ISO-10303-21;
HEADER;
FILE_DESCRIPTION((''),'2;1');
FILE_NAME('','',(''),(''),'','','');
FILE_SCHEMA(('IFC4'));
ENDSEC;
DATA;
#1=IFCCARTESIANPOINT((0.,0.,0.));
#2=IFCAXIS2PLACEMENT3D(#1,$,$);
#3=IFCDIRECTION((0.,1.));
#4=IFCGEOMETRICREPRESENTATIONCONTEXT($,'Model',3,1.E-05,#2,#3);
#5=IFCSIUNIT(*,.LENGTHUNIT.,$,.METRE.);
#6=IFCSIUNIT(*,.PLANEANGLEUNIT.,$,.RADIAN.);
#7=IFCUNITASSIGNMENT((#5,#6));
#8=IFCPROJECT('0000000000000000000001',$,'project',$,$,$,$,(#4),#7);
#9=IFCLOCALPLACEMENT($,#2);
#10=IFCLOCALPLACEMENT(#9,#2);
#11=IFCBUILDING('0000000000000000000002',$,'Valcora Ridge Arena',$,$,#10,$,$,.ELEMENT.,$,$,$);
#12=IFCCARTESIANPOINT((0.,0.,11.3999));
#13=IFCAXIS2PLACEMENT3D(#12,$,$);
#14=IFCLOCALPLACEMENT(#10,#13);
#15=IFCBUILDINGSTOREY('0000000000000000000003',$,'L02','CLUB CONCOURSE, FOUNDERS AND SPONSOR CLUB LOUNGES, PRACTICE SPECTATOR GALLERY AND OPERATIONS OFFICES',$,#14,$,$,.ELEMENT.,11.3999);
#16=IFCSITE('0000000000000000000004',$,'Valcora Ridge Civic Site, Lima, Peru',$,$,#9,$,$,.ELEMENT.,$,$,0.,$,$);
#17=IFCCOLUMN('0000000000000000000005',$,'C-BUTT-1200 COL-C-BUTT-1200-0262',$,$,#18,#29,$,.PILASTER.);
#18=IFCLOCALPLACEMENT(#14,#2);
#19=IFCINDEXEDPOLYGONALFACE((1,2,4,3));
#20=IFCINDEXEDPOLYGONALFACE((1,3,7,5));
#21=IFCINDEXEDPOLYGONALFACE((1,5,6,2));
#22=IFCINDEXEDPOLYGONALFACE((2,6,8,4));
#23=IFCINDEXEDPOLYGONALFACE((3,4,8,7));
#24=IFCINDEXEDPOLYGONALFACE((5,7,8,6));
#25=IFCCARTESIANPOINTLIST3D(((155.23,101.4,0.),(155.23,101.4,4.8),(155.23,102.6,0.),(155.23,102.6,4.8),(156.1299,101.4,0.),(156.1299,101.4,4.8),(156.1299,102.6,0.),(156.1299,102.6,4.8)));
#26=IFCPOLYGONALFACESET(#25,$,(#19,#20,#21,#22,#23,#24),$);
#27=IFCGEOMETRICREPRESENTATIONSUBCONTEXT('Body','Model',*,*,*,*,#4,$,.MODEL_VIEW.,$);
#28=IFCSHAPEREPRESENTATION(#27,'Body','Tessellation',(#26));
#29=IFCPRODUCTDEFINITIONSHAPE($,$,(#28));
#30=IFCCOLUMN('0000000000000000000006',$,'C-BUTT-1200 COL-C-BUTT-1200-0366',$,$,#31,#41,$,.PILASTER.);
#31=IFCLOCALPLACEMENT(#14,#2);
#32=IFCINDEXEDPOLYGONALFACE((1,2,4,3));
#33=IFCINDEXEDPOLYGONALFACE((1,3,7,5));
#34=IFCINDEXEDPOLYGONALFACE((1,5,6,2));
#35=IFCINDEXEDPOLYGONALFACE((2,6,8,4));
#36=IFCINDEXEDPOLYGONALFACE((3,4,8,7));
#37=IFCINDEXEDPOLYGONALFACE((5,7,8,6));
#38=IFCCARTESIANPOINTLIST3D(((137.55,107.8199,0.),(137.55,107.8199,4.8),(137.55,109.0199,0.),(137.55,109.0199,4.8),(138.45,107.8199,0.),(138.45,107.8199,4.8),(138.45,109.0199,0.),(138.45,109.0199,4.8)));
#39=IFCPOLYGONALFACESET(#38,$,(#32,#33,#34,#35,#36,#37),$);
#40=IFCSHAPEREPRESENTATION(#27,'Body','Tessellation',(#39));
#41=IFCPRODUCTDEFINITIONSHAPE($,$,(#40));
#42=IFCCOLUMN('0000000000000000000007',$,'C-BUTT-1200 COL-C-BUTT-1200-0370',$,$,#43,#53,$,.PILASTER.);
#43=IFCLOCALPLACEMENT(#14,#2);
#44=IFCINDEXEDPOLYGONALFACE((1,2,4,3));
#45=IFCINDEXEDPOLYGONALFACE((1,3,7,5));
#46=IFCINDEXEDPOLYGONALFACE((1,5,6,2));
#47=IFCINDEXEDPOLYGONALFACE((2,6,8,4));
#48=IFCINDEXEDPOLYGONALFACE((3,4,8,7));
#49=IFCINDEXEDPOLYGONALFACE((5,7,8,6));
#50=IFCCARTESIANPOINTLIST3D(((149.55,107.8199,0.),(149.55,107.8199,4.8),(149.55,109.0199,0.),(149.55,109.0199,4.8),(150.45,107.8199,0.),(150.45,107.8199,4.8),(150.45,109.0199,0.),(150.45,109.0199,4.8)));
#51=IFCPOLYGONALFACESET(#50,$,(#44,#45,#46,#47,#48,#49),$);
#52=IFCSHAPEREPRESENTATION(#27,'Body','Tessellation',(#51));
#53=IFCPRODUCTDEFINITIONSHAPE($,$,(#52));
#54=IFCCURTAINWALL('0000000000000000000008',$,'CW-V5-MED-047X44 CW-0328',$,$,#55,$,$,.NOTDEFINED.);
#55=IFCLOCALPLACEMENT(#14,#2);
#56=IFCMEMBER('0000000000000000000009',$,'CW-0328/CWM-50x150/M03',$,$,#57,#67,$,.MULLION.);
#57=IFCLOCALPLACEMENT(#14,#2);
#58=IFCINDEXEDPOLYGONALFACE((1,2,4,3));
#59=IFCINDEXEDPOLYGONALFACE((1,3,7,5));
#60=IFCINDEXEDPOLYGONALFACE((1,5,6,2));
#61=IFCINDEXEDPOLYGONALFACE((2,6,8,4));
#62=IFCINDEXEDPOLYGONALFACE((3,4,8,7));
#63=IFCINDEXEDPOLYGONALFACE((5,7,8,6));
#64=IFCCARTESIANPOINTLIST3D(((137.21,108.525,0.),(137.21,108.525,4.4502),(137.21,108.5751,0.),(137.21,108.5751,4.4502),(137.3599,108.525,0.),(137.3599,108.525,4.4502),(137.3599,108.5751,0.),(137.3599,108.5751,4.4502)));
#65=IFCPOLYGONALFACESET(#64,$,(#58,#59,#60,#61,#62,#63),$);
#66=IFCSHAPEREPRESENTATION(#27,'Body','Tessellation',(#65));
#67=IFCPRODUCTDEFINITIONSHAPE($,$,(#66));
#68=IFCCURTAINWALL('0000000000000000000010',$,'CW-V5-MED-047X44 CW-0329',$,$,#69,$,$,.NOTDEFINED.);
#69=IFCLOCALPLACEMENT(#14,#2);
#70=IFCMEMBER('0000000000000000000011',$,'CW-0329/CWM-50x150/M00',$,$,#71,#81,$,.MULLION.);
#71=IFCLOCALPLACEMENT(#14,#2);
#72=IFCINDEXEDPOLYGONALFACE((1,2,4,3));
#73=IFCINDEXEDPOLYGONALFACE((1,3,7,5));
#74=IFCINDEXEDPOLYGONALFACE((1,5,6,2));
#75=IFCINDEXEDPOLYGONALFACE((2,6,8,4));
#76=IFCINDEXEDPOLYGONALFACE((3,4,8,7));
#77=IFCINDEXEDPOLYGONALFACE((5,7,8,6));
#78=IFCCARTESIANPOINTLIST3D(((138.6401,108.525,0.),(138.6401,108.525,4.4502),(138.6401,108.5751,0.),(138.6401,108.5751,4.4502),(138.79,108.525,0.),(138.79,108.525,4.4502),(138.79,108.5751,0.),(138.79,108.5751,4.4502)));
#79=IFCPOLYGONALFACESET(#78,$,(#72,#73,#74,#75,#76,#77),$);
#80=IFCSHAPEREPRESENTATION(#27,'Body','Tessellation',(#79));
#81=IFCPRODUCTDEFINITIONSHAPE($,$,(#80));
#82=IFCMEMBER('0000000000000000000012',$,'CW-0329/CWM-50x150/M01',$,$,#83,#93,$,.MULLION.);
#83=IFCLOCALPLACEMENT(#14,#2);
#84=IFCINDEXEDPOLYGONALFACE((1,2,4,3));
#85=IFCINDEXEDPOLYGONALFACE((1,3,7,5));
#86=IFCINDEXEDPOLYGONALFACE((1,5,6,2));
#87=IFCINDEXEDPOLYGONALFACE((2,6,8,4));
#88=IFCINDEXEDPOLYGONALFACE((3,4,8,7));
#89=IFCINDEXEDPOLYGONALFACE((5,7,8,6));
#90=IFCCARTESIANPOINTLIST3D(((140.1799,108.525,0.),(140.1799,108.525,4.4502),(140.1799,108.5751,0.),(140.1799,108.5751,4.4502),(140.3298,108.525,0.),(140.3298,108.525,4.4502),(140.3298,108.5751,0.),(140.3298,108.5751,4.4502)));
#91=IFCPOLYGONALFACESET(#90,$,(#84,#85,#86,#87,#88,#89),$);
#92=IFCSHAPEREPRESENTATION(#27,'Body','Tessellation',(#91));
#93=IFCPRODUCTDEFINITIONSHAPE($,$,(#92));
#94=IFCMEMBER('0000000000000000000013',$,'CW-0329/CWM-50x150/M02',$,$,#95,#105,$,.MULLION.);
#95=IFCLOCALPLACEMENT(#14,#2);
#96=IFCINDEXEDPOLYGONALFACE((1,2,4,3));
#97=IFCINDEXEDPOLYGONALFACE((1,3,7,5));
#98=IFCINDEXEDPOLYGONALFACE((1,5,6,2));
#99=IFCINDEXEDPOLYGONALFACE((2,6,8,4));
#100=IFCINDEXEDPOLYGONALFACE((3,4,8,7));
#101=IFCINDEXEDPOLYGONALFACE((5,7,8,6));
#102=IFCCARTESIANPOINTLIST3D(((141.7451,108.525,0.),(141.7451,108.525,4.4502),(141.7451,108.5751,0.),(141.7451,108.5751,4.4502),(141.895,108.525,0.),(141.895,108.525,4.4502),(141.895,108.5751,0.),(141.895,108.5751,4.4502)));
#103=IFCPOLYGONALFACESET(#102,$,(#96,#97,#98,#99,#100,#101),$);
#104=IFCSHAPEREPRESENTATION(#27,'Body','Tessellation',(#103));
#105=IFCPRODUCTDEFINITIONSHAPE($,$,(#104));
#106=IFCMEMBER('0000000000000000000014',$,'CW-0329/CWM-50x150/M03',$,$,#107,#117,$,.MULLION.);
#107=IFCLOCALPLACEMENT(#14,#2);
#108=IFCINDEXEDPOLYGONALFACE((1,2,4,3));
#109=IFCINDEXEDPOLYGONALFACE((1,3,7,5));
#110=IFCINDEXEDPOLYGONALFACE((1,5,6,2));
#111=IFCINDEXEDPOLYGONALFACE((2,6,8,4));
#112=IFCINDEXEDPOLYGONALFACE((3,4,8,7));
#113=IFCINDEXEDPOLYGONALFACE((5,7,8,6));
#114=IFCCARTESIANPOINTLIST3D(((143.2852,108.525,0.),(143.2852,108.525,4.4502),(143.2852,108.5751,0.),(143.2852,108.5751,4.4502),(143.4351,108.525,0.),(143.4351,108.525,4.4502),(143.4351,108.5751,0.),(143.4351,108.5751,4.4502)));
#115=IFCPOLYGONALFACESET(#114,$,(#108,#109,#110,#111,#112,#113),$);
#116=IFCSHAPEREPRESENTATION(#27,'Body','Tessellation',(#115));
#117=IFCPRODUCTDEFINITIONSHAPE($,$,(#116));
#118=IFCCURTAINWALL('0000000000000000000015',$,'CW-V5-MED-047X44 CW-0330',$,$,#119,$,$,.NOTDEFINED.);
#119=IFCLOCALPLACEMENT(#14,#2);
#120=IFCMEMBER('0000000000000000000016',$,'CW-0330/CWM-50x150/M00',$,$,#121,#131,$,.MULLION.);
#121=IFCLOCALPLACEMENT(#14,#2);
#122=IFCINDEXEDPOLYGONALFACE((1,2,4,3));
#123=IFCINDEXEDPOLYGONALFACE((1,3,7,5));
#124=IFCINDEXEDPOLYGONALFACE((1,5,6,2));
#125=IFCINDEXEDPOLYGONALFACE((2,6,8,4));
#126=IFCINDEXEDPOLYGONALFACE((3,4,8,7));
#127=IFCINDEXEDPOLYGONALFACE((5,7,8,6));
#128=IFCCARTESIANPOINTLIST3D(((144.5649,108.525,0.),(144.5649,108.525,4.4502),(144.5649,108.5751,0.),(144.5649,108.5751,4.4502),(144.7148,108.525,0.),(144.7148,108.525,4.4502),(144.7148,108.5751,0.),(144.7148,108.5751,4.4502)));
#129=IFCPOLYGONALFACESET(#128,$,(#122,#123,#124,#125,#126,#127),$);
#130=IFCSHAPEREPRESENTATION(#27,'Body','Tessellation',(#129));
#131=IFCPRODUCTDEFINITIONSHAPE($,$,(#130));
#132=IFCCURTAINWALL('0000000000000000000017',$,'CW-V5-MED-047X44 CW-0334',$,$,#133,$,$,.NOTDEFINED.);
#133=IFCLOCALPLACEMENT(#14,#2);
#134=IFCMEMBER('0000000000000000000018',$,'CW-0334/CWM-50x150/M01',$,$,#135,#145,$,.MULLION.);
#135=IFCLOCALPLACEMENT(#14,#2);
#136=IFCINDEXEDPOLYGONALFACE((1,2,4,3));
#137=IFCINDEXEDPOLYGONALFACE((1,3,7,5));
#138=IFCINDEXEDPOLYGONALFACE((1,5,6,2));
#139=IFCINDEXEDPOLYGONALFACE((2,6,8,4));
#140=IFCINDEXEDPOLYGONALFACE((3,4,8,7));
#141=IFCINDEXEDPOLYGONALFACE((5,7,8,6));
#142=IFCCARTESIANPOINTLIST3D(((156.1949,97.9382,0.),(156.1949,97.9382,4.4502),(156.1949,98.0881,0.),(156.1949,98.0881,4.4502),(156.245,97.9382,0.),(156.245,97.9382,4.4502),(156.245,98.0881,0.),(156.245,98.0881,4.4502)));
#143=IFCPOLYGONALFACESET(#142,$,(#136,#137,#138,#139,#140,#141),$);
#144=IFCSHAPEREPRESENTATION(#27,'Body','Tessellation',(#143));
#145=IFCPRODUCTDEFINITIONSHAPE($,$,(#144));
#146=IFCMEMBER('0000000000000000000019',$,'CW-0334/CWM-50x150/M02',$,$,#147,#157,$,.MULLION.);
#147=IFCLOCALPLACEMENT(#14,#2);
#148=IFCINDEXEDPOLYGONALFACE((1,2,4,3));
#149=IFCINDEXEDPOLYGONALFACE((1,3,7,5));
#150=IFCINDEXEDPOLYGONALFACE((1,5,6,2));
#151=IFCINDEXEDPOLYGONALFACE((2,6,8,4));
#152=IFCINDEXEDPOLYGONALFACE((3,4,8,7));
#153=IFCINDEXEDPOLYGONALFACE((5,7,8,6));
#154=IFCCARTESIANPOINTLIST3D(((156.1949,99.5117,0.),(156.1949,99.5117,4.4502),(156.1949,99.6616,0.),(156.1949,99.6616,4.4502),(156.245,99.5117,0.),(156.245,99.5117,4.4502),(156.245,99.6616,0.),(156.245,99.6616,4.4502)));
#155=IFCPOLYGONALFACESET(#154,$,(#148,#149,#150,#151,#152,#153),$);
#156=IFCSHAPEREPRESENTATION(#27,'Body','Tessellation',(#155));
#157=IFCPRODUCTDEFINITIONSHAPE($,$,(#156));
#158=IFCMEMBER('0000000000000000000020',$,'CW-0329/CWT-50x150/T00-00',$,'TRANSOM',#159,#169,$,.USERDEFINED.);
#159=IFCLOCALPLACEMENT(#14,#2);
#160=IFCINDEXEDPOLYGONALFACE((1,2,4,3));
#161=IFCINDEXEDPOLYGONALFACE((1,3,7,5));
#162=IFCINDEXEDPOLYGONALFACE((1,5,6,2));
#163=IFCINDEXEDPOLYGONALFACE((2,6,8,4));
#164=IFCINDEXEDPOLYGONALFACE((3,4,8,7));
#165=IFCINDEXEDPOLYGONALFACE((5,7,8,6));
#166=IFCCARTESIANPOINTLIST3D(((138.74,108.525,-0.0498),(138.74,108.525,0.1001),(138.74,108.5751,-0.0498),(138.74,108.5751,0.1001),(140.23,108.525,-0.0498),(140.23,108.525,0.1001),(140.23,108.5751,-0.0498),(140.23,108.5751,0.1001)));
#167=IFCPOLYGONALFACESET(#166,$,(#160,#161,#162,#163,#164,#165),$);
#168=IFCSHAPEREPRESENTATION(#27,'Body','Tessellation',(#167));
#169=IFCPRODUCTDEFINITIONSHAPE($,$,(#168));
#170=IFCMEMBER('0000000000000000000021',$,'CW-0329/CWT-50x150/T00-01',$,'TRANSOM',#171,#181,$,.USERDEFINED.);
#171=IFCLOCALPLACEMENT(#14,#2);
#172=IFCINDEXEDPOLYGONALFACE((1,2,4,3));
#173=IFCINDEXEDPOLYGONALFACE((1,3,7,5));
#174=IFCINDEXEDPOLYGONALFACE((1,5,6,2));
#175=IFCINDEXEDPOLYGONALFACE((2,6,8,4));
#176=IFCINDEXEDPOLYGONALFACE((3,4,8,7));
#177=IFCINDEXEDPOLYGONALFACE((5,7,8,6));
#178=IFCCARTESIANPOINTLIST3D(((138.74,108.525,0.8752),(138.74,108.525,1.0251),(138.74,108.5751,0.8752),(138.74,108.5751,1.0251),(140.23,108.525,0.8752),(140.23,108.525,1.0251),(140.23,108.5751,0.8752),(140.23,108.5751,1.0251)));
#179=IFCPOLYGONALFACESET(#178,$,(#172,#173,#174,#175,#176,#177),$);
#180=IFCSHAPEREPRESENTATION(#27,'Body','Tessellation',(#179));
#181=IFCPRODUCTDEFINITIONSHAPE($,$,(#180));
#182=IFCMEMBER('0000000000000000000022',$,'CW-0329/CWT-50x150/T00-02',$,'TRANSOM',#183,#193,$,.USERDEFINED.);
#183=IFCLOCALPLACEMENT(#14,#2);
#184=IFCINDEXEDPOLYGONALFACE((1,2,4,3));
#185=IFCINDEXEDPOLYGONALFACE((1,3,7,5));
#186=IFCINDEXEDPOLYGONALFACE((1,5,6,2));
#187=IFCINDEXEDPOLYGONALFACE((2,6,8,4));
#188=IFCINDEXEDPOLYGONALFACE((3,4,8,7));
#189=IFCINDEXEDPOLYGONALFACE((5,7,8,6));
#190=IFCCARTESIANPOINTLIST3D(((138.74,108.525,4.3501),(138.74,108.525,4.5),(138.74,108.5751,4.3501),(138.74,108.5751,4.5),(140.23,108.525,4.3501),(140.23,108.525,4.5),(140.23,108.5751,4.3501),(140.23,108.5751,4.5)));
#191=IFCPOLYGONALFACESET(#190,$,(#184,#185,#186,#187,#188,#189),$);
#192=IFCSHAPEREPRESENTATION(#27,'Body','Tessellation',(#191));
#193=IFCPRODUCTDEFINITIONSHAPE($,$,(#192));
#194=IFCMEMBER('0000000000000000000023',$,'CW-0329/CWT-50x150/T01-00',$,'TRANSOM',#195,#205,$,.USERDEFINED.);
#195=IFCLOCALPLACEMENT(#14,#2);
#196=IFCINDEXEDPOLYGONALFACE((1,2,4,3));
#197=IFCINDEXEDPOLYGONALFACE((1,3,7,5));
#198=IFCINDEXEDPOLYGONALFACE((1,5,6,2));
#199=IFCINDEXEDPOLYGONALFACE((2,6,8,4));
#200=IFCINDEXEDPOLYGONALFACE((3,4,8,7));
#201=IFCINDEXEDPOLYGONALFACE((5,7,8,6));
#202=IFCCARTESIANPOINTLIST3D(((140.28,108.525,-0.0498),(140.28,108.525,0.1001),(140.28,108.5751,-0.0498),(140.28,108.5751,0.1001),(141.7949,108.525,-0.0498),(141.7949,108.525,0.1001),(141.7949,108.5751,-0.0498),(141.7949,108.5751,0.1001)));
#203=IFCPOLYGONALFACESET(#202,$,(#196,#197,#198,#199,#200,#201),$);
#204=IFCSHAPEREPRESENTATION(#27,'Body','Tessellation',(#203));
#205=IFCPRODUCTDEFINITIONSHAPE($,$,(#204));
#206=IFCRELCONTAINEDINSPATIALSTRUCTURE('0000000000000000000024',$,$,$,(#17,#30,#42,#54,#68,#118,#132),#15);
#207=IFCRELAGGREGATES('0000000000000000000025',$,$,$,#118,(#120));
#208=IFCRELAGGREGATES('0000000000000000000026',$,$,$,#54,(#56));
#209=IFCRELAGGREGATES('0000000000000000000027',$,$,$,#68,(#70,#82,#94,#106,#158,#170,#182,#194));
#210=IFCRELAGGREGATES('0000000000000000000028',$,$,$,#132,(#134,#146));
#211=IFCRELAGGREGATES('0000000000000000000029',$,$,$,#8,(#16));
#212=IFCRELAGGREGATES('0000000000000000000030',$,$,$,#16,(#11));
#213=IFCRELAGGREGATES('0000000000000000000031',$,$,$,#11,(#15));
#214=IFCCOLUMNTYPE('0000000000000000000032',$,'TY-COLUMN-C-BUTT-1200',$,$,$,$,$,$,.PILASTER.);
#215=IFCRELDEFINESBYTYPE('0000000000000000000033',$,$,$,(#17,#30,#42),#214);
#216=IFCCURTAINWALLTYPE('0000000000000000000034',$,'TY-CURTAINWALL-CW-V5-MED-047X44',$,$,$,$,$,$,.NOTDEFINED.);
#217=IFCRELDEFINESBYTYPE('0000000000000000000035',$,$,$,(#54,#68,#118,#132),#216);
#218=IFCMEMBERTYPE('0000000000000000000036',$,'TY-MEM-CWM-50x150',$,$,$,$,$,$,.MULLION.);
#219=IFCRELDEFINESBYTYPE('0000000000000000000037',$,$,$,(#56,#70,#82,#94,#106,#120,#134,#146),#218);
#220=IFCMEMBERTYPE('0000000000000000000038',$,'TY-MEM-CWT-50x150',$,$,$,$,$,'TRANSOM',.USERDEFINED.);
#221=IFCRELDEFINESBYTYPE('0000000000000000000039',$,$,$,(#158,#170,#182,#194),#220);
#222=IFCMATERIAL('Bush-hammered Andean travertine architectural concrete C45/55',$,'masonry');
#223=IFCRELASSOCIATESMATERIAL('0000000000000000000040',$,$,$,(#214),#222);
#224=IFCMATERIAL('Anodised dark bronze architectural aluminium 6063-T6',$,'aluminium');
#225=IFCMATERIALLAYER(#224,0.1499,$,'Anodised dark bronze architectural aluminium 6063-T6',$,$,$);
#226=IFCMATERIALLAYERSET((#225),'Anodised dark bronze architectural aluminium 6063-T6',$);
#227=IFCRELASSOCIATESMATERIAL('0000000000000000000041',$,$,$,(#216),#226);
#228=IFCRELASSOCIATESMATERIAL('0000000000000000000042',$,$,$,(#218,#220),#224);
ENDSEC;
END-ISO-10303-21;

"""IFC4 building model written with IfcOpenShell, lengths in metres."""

from ifc_helpers import new_model, si_unit, direction, frame, origin, origin_2d, place, context, subcontext, project, spatial, rectangle, extrude, material, layer, layer_set, material_profile, profile_set, type_object, element, aggregate, save


model = new_model("IFC4")

# Units and contexts
model_context = context("Model", 3, precision=1e-05, world=origin(), true_north=direction((0.0, 1.0)))
body_context = subcontext(model_context, "Body", "Model", "MODEL_VIEW")
ifc_project = project(units=[si_unit("LENGTHUNIT", "METRE"), si_unit("PLANEANGLEUNIT", "RADIAN")], contexts=[model_context])

# Site, building, storey
site_placement = place(None, origin())
site = spatial("IfcSite", under=ifc_project, at=site_placement, Name="Valcora Ridge Civic Site, Lima, Peru", CompositionType="ELEMENT", RefElevation=0.0)
building_placement = place(site_placement, origin())
building = spatial("IfcBuilding", under=site, at=building_placement, Name="Valcora Ridge Arena", CompositionType="ELEMENT")
storey_placement = place(building_placement, frame((0.0, 0.0, 11.3999)))
storey = spatial("IfcBuildingStorey", under=building, at=storey_placement, Name="L02", Description="CLUB CONCOURSE, FOUNDERS AND SPONSOR CLUB LOUNGES, PRACTICE SPECTATOR GALLERY AND OPERATIONS OFFICES", CompositionType="ELEMENT", Elevation=11.3999)

# Columns
ifc_material_1 = material(Name="Bush-hammered Andean travertine architectural concrete C45/55", Category="masonry")
ifc_material_profile_1 = material_profile(ifc_material_1, rectangle(XDim=0.8999, YDim=1.2, at=origin_2d()), Name="RC 900x1200")
ifc_profile_set_1 = profile_set([ifc_material_profile_1], Name="Bush-hammered Andean travertine architectural concrete C45/55")
column_type = type_object("IfcColumnType", Name="TY-COLUMN-C-BUTT-1200", PredefinedType="PILASTER", material=ifc_profile_set_1)
for number, where, z_axis, x_axis, name in (
    (1, (155.6799, 102.0, 0.0), (0.0, 0.0, 1.0), (1.0, 0.0, 0.0), "C-BUTT-1200 COL-C-BUTT-1200-0262"),
    (2, (138.0, 108.4199, 0.0), (0.0, 0.0, 1.0), (1.0, 0.0, 0.0), "C-BUTT-1200 COL-C-BUTT-1200-0366"),
    (3, (150.0, 108.4199, 0.0), (0.0, 0.0, 1.0), (1.0, 0.0, 0.0), "C-BUTT-1200 COL-C-BUTT-1200-0370"),
):
    element("IfcColumn", number, at=place(storey_placement, frame(where, z_axis=z_axis, x_axis=x_axis)), inside=storey, type_object=column_type, Name=name, PredefinedType="PILASTER", context=body_context, shape_type="SweptSolid", body=[
        extrude(rectangle(XDim=0.8999, YDim=1.2, at=origin_2d()), origin(), (0.0, 0.0, 1.0), 4.8),
    ])

# Curtain wall, member
ifc_material_2 = material(Name="Anodised dark bronze architectural aluminium 6063-T6", Category="aluminium")
ifc_layer_1 = layer(ifc_material_2, 0.1499, Name="Anodised dark bronze architectural aluminium 6063-T6")
ifc_layer_set_1 = layer_set([ifc_layer_1], Name="Anodised dark bronze architectural aluminium 6063-T6")
curtain_wall_type = type_object("IfcCurtainWallType", Name="TY-CURTAINWALL-CW-V5-MED-047X44", PredefinedType="NOTDEFINED", material=ifc_layer_set_1)
curtain_wall_1_placement = place(storey_placement, origin())
curtain_wall_1 = element("IfcCurtainWall", 4, at=curtain_wall_1_placement, inside=storey, type_object=curtain_wall_type, Name="CW-V5-MED-047X44 CW-0328", PredefinedType="NOTDEFINED")
ifc_material_profile_2 = material_profile(ifc_material_2, rectangle(XDim=0.05, YDim=0.1499, at=origin_2d()), Name="ALU MULLION 50x150")
ifc_profile_set_2 = profile_set([ifc_material_profile_2], Name="Anodised dark bronze architectural aluminium 6063-T6")
member_type_1 = type_object("IfcMemberType", Name="TY-MEM-CWM-50x150", PredefinedType="MULLION", material=ifc_profile_set_2)
member_1_placement = place(storey_placement, frame((137.2849, 108.55, 0.0), z_axis=(0.0, 0.0, 1.0), x_axis=(0.0, 1.0, 0.0)))
member_1 = element("IfcMember", 5, at=member_1_placement, type_object=member_type_1, Name="CW-0328/CWM-50x150/M03", PredefinedType="MULLION", context=body_context, shape_type="SweptSolid", body=[
    extrude(rectangle(XDim=0.05, YDim=0.1499, at=origin_2d()), origin(), (0.0, 0.0, 1.0), 4.4502),
])

# Curtain wall, members
curtain_wall_2_placement = place(storey_placement, origin())
curtain_wall_2 = element("IfcCurtainWall", 6, at=curtain_wall_2_placement, inside=storey, type_object=curtain_wall_type, Name="CW-V5-MED-047X44 CW-0329", PredefinedType="NOTDEFINED")
member_2_placement = place(storey_placement, frame((138.7151, 108.55, 0.0), z_axis=(0.0, 0.0, 1.0), x_axis=(0.0, 1.0, 0.0)))
member_2 = element("IfcMember", 7, at=member_2_placement, type_object=member_type_1, Name="CW-0329/CWM-50x150/M00", PredefinedType="MULLION", context=body_context, shape_type="SweptSolid", body=[
    extrude(rectangle(XDim=0.05, YDim=0.1499, at=origin_2d()), origin(), (0.0, 0.0, 1.0), 4.4502),
])
member_3_placement = place(storey_placement, frame((140.2549, 108.55, 0.0), z_axis=(0.0, 0.0, 1.0), x_axis=(0.0, 1.0, 0.0)))
member_3 = element("IfcMember", 8, at=member_3_placement, type_object=member_type_1, Name="CW-0329/CWM-50x150/M01", PredefinedType="MULLION", context=body_context, shape_type="SweptSolid", body=[
    extrude(rectangle(XDim=0.05, YDim=0.1499, at=origin_2d()), origin(), (0.0, 0.0, 1.0), 4.4502),
])
member_4_placement = place(storey_placement, frame((141.8201, 108.55, 0.0), z_axis=(0.0, 0.0, 1.0), x_axis=(0.0, 1.0, 0.0)))
member_4 = element("IfcMember", 9, at=member_4_placement, type_object=member_type_1, Name="CW-0329/CWM-50x150/M02", PredefinedType="MULLION", context=body_context, shape_type="SweptSolid", body=[
    extrude(rectangle(XDim=0.05, YDim=0.1499, at=origin_2d()), origin(), (0.0, 0.0, 1.0), 4.4502),
])
member_5_placement = place(storey_placement, frame((143.3601, 108.55, 0.0), z_axis=(0.0, 0.0, 1.0), x_axis=(0.0, 1.0, 0.0)))
member_5 = element("IfcMember", 10, at=member_5_placement, type_object=member_type_1, Name="CW-0329/CWM-50x150/M03", PredefinedType="MULLION", context=body_context, shape_type="SweptSolid", body=[
    extrude(rectangle(XDim=0.05, YDim=0.1499, at=origin_2d()), origin(), (0.0, 0.0, 1.0), 4.4502),
])

# Curtain wall, member
curtain_wall_3_placement = place(storey_placement, origin())
curtain_wall_3 = element("IfcCurtainWall", 11, at=curtain_wall_3_placement, inside=storey, type_object=curtain_wall_type, Name="CW-V5-MED-047X44 CW-0330", PredefinedType="NOTDEFINED")
member_6_placement = place(storey_placement, frame((144.6399, 108.55, 0.0), z_axis=(0.0, 0.0, 1.0), x_axis=(0.0, 1.0, 0.0)))
member_6 = element("IfcMember", 12, at=member_6_placement, type_object=member_type_1, Name="CW-0330/CWM-50x150/M00", PredefinedType="MULLION", context=body_context, shape_type="SweptSolid", body=[
    extrude(rectangle(XDim=0.05, YDim=0.1499, at=origin_2d()), origin(), (0.0, 0.0, 1.0), 4.4502),
])

# Curtain wall, members
curtain_wall_4_placement = place(storey_placement, origin())
curtain_wall_4 = element("IfcCurtainWall", 13, at=curtain_wall_4_placement, inside=storey, type_object=curtain_wall_type, Name="CW-V5-MED-047X44 CW-0334", PredefinedType="NOTDEFINED")
member_7_placement = place(storey_placement, frame((156.22, 98.0132, 0.0), z_axis=(0.0, 0.0, 1.0), x_axis=(-1.0, 0.0, 0.0)))
member_7 = element("IfcMember", 14, at=member_7_placement, type_object=member_type_1, Name="CW-0334/CWM-50x150/M01", PredefinedType="MULLION", context=body_context, shape_type="SweptSolid", body=[
    extrude(rectangle(XDim=0.05, YDim=0.1499, at=origin_2d()), origin(), (0.0, 0.0, 1.0), 4.4502),
])
member_8_placement = place(storey_placement, frame((156.22, 99.5867, 0.0), z_axis=(0.0, 0.0, 1.0), x_axis=(-1.0, 0.0, 0.0)))
member_8 = element("IfcMember", 15, at=member_8_placement, type_object=member_type_1, Name="CW-0334/CWM-50x150/M02", PredefinedType="MULLION", context=body_context, shape_type="SweptSolid", body=[
    extrude(rectangle(XDim=0.05, YDim=0.1499, at=origin_2d()), origin(), (0.0, 0.0, 1.0), 4.4502),
])

# Members
ifc_material_profile_3 = material_profile(ifc_material_2, rectangle(XDim=0.05, YDim=0.1499, at=origin_2d()), Name="ALU TRANSOM 50x150")
ifc_profile_set_3 = profile_set([ifc_material_profile_3], Name="Anodised dark bronze architectural aluminium 6063-T6")
member_type_2 = type_object("IfcMemberType", Name="TY-MEM-CWT-50x150", ElementType="TRANSOM", PredefinedType="USERDEFINED", material=ifc_profile_set_3)
member_9_placement = place(storey_placement, frame((138.74, 108.55, 0.0251), z_axis=(1.0, 0.0, 0.0), x_axis=(0.0, 1.0, 0.0)))
member_9 = element("IfcMember", 16, at=member_9_placement, type_object=member_type_2, Name="CW-0329/CWT-50x150/T00-00", ObjectType="TRANSOM", PredefinedType="USERDEFINED", context=body_context, shape_type="SweptSolid", body=[
    extrude(rectangle(XDim=0.05, YDim=0.1499, at=origin_2d()), origin(), (0.0, 0.0, 1.0), 1.49),
])
member_10_placement = place(storey_placement, frame((138.74, 108.55, 0.9502), z_axis=(1.0, 0.0, 0.0), x_axis=(0.0, 1.0, 0.0)))
member_10 = element("IfcMember", 17, at=member_10_placement, type_object=member_type_2, Name="CW-0329/CWT-50x150/T00-01", ObjectType="TRANSOM", PredefinedType="USERDEFINED", context=body_context, shape_type="SweptSolid", body=[
    extrude(rectangle(XDim=0.05, YDim=0.1499, at=origin_2d()), origin(), (0.0, 0.0, 1.0), 1.49),
])
member_11_placement = place(storey_placement, frame((138.74, 108.55, 4.425), z_axis=(1.0, 0.0, 0.0), x_axis=(0.0, 1.0, 0.0)))
member_11 = element("IfcMember", 18, at=member_11_placement, type_object=member_type_2, Name="CW-0329/CWT-50x150/T00-02", ObjectType="TRANSOM", PredefinedType="USERDEFINED", context=body_context, shape_type="SweptSolid", body=[
    extrude(rectangle(XDim=0.05, YDim=0.1499, at=origin_2d()), origin(), (0.0, 0.0, 1.0), 1.49),
])
member_12_placement = place(storey_placement, frame((140.28, 108.55, 0.0251), z_axis=(1.0, 0.0, 0.0), x_axis=(0.0, 1.0, 0.0)))
member_12 = element("IfcMember", 19, at=member_12_placement, type_object=member_type_2, Name="CW-0329/CWT-50x150/T01-00", ObjectType="TRANSOM", PredefinedType="USERDEFINED", context=body_context, shape_type="SweptSolid", body=[
    extrude(rectangle(XDim=0.05, YDim=0.1499, at=origin_2d()), origin(), (0.0, 0.0, 1.0), 1.5149),
])
aggregate(curtain_wall_3, [member_6])

aggregate(curtain_wall_1, [member_1])
aggregate(curtain_wall_2, [member_2, member_3, member_4, member_5, member_9, member_10, member_11, member_12])
aggregate(curtain_wall_4, [member_7, member_8])

save(model, "model.ifc")
